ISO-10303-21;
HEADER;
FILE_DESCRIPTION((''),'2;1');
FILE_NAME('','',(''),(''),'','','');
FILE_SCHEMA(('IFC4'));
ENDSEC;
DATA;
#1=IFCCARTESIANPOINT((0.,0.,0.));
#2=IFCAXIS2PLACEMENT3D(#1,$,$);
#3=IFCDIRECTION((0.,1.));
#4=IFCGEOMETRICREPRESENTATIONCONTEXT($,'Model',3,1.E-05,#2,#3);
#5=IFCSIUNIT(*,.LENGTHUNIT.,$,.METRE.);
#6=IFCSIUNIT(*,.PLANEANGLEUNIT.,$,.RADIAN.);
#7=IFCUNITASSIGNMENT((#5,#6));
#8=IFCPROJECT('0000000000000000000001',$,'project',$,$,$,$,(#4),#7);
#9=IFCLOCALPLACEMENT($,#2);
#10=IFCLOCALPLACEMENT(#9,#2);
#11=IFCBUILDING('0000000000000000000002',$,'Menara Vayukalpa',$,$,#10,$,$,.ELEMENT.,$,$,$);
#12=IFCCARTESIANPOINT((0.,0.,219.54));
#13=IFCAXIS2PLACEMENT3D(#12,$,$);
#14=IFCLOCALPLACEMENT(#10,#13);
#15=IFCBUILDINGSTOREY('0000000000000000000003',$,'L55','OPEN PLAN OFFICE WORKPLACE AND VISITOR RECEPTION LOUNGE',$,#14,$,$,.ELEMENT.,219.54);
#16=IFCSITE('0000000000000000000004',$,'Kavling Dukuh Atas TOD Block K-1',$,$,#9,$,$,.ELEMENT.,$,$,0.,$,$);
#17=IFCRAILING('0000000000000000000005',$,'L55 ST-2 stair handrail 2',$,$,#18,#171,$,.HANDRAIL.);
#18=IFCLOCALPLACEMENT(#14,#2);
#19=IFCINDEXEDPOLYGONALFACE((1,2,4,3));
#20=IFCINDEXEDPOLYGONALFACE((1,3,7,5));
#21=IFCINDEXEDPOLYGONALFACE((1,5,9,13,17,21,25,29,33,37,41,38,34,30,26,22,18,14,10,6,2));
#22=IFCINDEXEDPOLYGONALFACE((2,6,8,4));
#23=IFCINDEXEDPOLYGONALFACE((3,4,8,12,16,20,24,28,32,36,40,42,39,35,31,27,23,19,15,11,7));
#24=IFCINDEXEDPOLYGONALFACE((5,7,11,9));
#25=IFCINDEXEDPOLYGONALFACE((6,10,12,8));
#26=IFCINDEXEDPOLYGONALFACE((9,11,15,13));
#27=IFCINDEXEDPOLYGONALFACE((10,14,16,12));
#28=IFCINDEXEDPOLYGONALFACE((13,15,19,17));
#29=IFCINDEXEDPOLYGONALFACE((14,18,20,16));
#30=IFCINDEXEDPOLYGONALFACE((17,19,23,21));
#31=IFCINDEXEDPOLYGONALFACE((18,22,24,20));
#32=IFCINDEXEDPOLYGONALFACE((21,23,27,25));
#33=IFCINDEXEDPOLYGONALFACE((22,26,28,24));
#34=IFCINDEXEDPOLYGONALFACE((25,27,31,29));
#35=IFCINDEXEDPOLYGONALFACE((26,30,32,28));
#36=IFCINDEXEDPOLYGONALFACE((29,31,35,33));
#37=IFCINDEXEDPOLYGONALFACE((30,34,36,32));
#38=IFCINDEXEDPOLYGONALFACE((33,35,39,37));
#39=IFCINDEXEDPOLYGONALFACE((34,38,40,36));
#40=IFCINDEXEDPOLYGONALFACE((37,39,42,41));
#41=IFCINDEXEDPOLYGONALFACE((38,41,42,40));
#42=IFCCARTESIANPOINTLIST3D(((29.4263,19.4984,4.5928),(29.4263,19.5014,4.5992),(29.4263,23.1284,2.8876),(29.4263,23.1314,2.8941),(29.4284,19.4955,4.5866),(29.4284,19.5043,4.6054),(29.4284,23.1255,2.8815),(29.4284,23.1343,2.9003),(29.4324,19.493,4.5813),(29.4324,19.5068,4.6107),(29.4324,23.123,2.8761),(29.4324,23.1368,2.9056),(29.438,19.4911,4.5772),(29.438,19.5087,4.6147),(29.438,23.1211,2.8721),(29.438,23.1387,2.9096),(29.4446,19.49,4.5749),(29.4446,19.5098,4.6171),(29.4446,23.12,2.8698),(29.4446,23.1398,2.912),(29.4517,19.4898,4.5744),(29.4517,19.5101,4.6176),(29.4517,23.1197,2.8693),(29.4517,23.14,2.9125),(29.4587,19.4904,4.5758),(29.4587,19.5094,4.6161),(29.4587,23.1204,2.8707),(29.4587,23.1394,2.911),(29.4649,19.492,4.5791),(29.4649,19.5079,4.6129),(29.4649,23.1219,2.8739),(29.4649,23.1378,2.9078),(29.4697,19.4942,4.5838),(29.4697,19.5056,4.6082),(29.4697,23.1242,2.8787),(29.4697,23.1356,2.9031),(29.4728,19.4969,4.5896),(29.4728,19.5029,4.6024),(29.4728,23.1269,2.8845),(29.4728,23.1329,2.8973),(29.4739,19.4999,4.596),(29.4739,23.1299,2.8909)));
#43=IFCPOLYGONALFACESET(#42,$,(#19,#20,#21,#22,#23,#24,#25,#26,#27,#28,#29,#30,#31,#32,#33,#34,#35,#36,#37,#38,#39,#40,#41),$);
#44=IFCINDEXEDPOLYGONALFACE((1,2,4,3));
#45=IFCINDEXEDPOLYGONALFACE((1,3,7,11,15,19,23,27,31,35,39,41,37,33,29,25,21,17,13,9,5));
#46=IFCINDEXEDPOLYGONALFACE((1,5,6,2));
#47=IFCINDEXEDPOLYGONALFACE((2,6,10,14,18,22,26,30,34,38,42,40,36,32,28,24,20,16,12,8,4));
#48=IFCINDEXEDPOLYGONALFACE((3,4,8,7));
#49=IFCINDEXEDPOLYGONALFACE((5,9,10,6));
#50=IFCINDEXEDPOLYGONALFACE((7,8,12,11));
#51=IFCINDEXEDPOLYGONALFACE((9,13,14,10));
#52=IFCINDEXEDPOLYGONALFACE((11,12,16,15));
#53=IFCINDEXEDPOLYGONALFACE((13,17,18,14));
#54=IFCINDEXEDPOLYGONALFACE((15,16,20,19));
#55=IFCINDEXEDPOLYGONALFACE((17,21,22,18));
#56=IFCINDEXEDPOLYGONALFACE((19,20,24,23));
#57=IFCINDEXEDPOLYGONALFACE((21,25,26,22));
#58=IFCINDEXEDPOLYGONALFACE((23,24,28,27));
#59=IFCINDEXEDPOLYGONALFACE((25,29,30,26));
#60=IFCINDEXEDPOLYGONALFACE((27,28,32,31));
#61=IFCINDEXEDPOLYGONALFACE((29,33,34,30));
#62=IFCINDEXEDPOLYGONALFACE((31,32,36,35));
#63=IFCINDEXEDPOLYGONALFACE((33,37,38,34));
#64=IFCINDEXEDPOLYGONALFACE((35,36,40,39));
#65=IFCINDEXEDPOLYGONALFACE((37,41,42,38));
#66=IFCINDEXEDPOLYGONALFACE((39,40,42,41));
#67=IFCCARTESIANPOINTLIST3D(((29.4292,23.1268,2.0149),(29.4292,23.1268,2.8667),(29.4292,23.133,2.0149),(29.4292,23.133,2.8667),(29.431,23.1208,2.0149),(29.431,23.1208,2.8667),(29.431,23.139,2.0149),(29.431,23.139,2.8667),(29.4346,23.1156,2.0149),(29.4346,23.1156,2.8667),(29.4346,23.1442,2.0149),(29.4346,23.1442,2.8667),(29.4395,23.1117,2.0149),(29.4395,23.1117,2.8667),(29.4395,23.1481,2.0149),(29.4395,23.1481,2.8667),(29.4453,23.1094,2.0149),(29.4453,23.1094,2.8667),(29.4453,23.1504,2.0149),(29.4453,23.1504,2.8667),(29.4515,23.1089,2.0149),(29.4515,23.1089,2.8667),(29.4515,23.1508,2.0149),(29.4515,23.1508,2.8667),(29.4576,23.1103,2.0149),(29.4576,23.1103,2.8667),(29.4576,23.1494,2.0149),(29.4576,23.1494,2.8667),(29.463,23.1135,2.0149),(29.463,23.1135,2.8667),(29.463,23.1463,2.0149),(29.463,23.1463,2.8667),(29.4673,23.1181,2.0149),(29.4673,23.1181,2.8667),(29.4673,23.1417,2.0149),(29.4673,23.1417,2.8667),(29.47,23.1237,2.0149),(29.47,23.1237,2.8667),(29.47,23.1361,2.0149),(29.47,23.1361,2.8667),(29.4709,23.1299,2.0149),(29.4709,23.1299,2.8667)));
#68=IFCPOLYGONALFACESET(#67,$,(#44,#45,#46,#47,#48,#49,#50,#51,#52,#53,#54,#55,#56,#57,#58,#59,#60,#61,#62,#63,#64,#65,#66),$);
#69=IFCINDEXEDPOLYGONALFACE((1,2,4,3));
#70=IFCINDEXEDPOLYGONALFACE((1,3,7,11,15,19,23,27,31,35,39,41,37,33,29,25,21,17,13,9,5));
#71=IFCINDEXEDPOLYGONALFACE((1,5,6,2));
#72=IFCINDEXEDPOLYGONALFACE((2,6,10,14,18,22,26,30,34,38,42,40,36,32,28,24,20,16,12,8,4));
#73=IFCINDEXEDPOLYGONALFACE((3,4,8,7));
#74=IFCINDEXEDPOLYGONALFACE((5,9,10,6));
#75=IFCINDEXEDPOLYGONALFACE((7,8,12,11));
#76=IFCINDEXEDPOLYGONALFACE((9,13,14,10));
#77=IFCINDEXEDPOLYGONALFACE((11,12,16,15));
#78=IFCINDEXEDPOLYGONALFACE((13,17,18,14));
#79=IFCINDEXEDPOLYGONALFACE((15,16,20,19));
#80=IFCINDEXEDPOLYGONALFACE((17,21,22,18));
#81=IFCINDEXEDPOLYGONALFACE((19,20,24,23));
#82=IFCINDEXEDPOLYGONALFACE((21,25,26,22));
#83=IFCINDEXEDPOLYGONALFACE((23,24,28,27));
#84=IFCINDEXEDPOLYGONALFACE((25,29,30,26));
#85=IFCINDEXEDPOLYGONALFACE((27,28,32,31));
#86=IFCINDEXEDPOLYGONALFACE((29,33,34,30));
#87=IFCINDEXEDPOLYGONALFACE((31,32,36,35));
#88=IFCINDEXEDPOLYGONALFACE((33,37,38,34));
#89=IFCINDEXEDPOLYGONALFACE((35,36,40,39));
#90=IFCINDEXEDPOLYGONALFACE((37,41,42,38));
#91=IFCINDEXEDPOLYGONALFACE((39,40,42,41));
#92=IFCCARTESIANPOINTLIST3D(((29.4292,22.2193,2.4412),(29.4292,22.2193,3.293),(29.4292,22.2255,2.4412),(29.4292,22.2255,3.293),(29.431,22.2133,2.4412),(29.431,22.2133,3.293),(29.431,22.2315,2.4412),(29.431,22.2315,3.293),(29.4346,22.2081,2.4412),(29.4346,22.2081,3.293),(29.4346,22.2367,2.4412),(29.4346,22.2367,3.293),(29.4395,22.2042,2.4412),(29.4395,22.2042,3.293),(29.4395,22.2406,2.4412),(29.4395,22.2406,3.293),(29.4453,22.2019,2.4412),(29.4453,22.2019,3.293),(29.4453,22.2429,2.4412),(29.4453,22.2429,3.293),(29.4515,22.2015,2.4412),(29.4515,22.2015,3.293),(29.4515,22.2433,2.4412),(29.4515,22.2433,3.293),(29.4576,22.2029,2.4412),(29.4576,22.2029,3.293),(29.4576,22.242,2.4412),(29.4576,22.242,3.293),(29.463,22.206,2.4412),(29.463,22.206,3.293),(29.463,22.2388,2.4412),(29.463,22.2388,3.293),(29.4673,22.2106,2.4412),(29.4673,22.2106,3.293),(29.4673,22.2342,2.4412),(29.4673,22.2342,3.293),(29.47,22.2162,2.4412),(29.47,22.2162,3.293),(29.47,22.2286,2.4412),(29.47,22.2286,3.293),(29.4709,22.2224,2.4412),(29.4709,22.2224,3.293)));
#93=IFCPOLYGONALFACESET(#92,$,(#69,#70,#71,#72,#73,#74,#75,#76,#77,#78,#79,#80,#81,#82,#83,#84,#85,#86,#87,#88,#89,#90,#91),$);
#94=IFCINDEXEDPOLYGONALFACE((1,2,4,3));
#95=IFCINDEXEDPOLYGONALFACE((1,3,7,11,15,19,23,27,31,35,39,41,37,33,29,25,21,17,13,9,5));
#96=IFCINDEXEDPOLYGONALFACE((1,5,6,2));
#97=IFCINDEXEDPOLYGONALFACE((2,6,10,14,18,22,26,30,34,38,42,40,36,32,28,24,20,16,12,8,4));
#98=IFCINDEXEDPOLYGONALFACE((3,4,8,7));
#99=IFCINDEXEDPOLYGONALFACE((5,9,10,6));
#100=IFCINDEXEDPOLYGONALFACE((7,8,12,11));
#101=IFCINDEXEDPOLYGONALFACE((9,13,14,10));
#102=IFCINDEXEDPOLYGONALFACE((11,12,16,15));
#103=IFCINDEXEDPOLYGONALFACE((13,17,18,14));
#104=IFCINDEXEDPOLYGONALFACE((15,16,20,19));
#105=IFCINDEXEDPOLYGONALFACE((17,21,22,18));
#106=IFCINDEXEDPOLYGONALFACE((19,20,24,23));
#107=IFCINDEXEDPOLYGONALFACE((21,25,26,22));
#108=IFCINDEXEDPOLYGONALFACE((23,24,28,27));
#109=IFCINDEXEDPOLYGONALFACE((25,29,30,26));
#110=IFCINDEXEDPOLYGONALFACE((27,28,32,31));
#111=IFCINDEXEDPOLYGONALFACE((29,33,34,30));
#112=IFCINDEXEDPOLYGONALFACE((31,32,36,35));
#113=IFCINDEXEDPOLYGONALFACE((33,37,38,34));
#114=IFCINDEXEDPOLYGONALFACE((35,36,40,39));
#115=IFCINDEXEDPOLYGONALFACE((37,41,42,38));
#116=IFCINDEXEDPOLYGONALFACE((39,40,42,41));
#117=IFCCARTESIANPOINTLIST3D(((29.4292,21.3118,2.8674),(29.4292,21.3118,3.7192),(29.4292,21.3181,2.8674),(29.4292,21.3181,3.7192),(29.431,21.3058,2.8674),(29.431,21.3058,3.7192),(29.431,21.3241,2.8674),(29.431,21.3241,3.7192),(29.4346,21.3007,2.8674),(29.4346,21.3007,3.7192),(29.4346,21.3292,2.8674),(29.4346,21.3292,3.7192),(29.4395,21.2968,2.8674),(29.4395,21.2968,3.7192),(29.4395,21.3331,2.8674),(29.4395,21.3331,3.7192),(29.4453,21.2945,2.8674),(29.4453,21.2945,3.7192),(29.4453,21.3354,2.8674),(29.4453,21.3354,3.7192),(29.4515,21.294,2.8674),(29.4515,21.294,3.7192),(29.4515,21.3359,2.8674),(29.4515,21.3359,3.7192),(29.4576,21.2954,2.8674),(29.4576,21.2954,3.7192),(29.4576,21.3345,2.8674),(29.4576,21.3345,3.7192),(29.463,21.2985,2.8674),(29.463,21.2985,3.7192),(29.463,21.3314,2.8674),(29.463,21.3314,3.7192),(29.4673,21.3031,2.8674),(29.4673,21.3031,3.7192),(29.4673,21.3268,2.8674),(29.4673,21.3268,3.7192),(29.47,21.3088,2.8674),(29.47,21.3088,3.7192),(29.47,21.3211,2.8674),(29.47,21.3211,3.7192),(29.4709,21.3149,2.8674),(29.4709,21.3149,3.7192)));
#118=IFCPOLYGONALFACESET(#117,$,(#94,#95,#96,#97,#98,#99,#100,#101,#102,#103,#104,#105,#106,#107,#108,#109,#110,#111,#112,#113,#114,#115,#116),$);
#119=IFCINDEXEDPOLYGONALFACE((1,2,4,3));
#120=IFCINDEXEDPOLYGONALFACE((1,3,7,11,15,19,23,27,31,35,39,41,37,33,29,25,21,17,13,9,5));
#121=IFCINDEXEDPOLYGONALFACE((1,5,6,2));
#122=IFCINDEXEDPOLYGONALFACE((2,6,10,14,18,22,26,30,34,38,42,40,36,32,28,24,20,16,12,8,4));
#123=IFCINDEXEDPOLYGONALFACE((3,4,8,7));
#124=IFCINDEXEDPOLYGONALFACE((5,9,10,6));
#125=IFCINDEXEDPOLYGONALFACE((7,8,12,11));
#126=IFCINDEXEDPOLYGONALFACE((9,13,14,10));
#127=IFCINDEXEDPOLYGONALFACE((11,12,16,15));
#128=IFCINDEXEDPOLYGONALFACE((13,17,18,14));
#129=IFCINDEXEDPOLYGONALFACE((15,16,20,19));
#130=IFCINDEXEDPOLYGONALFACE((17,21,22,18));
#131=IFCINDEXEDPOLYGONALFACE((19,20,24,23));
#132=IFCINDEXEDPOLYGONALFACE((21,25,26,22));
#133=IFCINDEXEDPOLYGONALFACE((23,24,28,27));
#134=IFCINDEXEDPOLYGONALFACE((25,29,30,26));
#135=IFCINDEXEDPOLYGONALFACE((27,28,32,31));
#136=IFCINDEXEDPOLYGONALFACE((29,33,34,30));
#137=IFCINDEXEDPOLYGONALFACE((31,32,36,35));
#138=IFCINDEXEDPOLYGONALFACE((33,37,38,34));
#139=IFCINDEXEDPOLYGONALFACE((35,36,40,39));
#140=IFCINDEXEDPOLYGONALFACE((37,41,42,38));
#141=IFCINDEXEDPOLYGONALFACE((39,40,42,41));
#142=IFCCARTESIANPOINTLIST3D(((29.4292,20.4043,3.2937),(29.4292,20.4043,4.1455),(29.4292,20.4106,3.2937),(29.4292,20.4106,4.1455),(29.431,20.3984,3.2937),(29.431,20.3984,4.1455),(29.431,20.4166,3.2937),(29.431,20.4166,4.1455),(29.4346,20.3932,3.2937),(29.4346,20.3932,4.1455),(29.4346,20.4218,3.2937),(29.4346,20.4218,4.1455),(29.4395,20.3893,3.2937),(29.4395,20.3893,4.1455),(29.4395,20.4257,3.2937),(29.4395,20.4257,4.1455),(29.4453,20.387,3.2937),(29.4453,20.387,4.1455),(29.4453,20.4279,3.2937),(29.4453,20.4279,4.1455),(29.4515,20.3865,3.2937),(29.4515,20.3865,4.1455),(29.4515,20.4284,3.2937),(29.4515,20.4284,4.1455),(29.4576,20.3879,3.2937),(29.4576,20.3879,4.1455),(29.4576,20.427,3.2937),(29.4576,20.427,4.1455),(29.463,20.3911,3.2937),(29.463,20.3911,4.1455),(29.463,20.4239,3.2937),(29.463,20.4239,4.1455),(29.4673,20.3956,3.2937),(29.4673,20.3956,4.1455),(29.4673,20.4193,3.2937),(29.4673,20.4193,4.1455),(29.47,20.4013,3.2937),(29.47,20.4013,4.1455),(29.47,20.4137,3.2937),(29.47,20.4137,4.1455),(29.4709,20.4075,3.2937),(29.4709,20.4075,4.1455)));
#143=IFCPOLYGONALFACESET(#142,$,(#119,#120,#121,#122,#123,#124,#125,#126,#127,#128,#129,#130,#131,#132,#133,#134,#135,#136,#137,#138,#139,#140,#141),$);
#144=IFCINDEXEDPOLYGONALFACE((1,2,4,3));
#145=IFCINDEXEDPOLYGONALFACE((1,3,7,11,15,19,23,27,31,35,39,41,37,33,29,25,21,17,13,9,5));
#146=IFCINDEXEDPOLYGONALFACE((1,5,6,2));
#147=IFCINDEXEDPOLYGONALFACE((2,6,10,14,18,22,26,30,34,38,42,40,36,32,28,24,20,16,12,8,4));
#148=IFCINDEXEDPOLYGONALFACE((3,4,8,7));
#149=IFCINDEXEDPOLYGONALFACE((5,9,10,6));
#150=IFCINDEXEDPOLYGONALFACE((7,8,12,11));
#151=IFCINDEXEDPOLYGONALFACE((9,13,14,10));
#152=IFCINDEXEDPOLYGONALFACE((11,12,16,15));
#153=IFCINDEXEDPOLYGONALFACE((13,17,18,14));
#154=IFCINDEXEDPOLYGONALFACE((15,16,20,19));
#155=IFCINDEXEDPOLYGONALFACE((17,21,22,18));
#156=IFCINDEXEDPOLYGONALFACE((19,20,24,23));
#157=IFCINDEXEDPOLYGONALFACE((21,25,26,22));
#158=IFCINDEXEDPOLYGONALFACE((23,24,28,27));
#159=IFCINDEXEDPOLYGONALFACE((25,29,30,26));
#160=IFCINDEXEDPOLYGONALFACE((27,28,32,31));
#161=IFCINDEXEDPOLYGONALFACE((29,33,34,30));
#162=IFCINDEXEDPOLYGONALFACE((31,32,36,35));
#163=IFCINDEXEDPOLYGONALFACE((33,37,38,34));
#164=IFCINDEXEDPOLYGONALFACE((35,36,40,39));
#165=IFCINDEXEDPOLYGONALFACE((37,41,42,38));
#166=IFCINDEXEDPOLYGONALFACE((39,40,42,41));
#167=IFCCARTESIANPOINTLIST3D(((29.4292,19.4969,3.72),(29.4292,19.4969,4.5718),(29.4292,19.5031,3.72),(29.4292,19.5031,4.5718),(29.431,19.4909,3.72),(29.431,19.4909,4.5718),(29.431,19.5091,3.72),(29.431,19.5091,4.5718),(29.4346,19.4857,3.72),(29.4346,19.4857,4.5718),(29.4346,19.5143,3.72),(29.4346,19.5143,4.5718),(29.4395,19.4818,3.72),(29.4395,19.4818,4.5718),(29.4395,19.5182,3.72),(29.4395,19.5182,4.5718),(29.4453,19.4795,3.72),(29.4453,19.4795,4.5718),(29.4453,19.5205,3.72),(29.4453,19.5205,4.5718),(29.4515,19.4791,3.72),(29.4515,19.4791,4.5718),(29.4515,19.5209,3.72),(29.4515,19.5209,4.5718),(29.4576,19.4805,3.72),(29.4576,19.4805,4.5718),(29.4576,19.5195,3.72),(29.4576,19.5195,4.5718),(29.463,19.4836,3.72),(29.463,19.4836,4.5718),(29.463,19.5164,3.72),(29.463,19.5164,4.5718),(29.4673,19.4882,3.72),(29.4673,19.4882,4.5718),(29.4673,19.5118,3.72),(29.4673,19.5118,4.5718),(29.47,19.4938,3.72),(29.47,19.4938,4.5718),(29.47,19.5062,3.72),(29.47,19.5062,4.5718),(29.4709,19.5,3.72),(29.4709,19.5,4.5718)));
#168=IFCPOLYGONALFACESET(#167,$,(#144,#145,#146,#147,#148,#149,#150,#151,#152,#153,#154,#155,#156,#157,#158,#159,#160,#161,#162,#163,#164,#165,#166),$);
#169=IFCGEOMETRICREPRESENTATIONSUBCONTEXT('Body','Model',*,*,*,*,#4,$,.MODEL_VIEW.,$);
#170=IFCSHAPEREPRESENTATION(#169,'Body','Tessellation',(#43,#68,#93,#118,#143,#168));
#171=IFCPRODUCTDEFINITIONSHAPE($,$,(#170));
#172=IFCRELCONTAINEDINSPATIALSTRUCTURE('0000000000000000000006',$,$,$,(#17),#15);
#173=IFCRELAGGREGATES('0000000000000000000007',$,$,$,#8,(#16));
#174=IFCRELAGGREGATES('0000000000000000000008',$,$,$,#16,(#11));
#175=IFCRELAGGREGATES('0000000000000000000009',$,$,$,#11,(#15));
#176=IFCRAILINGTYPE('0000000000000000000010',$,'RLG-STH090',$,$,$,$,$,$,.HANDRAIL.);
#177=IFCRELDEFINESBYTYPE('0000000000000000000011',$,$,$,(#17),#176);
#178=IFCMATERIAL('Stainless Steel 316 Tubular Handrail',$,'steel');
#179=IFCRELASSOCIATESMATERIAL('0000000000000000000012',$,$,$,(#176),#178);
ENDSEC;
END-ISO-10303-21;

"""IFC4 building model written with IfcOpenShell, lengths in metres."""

from ifc_helpers import new_model, si_unit, direction, frame, origin, origin_2d, place, context, subcontext, project, spatial, circle, extrude, material, type_object, element, save


model = new_model("IFC4")

# Units and contexts
model_context = context("Model", 3, precision=1e-05, world=origin(), true_north=direction((0.0, 1.0)))
body_context = subcontext(model_context, "Body", "Model", "MODEL_VIEW")
ifc_project = project(units=[si_unit("LENGTHUNIT", "METRE"), si_unit("PLANEANGLEUNIT", "RADIAN")], contexts=[model_context])

# Site, building, storey
site_placement = place(None, origin())
site = spatial("IfcSite", under=ifc_project, at=site_placement, Name="Kavling Dukuh Atas TOD Block K-1", CompositionType="ELEMENT", RefElevation=0.0)
building_placement = place(site_placement, origin())
building = spatial("IfcBuilding", under=site, at=building_placement, Name="Menara Vayukalpa", CompositionType="ELEMENT")
storey_placement = place(building_placement, frame((0.0, 0.0, 219.54)))
storey = spatial("IfcBuildingStorey", under=building, at=storey_placement, Name="L55", Description="OPEN PLAN OFFICE WORKPLACE AND VISITOR RECEPTION LOUNGE", CompositionType="ELEMENT", Elevation=219.54)

# Railing
ifc_material_1 = material(Name="Stainless Steel 316 Tubular Handrail", Category="steel")
railing_type_1 = type_object("IfcRailingType", Name="RLG-STH090", PredefinedType="HANDRAIL", material=ifc_material_1)
railing_1_placement = place(storey_placement, frame((29.45, 23.1299, 2.0149)))
element("IfcRailing", 1, at=railing_1_placement, inside=storey, type_object=railing_type_1, Name="L55 ST-2 stair handrail 2", PredefinedType="HANDRAIL", context=body_context, shape_type="SweptSolid", body=[
    extrude(circle(Radius=0.0239, at=origin_2d()), frame((0.0, 0.0, 0.876), z_axis=(0.0, -0.905116, 0.425164), x_axis=(1.0, 0.0, 0.0)), (0.0, 0.0, 1.0), 4.0105),
    extrude(circle(Radius=0.021, at=origin_2d()), origin(), (0.0, 0.0, 1.0), 0.8518),
    extrude(circle(Radius=0.021, at=origin_2d()), frame((0.0, -0.9075, 0.4263)), (0.0, 0.0, 1.0), 0.8518),
    extrude(circle(Radius=0.021, at=origin_2d()), frame((0.0, -1.8149, 0.8525)), (0.0, 0.0, 1.0), 0.8518),
    extrude(circle(Radius=0.021, at=origin_2d()), frame((0.0, -2.7224, 1.2788)), (0.0, 0.0, 1.0), 0.8518),
    extrude(circle(Radius=0.021, at=origin_2d()), frame((0.0, -3.6299, 1.7051)), (0.0, 0.0, 1.0), 0.8518),
])

save(model, "model.ifc")
